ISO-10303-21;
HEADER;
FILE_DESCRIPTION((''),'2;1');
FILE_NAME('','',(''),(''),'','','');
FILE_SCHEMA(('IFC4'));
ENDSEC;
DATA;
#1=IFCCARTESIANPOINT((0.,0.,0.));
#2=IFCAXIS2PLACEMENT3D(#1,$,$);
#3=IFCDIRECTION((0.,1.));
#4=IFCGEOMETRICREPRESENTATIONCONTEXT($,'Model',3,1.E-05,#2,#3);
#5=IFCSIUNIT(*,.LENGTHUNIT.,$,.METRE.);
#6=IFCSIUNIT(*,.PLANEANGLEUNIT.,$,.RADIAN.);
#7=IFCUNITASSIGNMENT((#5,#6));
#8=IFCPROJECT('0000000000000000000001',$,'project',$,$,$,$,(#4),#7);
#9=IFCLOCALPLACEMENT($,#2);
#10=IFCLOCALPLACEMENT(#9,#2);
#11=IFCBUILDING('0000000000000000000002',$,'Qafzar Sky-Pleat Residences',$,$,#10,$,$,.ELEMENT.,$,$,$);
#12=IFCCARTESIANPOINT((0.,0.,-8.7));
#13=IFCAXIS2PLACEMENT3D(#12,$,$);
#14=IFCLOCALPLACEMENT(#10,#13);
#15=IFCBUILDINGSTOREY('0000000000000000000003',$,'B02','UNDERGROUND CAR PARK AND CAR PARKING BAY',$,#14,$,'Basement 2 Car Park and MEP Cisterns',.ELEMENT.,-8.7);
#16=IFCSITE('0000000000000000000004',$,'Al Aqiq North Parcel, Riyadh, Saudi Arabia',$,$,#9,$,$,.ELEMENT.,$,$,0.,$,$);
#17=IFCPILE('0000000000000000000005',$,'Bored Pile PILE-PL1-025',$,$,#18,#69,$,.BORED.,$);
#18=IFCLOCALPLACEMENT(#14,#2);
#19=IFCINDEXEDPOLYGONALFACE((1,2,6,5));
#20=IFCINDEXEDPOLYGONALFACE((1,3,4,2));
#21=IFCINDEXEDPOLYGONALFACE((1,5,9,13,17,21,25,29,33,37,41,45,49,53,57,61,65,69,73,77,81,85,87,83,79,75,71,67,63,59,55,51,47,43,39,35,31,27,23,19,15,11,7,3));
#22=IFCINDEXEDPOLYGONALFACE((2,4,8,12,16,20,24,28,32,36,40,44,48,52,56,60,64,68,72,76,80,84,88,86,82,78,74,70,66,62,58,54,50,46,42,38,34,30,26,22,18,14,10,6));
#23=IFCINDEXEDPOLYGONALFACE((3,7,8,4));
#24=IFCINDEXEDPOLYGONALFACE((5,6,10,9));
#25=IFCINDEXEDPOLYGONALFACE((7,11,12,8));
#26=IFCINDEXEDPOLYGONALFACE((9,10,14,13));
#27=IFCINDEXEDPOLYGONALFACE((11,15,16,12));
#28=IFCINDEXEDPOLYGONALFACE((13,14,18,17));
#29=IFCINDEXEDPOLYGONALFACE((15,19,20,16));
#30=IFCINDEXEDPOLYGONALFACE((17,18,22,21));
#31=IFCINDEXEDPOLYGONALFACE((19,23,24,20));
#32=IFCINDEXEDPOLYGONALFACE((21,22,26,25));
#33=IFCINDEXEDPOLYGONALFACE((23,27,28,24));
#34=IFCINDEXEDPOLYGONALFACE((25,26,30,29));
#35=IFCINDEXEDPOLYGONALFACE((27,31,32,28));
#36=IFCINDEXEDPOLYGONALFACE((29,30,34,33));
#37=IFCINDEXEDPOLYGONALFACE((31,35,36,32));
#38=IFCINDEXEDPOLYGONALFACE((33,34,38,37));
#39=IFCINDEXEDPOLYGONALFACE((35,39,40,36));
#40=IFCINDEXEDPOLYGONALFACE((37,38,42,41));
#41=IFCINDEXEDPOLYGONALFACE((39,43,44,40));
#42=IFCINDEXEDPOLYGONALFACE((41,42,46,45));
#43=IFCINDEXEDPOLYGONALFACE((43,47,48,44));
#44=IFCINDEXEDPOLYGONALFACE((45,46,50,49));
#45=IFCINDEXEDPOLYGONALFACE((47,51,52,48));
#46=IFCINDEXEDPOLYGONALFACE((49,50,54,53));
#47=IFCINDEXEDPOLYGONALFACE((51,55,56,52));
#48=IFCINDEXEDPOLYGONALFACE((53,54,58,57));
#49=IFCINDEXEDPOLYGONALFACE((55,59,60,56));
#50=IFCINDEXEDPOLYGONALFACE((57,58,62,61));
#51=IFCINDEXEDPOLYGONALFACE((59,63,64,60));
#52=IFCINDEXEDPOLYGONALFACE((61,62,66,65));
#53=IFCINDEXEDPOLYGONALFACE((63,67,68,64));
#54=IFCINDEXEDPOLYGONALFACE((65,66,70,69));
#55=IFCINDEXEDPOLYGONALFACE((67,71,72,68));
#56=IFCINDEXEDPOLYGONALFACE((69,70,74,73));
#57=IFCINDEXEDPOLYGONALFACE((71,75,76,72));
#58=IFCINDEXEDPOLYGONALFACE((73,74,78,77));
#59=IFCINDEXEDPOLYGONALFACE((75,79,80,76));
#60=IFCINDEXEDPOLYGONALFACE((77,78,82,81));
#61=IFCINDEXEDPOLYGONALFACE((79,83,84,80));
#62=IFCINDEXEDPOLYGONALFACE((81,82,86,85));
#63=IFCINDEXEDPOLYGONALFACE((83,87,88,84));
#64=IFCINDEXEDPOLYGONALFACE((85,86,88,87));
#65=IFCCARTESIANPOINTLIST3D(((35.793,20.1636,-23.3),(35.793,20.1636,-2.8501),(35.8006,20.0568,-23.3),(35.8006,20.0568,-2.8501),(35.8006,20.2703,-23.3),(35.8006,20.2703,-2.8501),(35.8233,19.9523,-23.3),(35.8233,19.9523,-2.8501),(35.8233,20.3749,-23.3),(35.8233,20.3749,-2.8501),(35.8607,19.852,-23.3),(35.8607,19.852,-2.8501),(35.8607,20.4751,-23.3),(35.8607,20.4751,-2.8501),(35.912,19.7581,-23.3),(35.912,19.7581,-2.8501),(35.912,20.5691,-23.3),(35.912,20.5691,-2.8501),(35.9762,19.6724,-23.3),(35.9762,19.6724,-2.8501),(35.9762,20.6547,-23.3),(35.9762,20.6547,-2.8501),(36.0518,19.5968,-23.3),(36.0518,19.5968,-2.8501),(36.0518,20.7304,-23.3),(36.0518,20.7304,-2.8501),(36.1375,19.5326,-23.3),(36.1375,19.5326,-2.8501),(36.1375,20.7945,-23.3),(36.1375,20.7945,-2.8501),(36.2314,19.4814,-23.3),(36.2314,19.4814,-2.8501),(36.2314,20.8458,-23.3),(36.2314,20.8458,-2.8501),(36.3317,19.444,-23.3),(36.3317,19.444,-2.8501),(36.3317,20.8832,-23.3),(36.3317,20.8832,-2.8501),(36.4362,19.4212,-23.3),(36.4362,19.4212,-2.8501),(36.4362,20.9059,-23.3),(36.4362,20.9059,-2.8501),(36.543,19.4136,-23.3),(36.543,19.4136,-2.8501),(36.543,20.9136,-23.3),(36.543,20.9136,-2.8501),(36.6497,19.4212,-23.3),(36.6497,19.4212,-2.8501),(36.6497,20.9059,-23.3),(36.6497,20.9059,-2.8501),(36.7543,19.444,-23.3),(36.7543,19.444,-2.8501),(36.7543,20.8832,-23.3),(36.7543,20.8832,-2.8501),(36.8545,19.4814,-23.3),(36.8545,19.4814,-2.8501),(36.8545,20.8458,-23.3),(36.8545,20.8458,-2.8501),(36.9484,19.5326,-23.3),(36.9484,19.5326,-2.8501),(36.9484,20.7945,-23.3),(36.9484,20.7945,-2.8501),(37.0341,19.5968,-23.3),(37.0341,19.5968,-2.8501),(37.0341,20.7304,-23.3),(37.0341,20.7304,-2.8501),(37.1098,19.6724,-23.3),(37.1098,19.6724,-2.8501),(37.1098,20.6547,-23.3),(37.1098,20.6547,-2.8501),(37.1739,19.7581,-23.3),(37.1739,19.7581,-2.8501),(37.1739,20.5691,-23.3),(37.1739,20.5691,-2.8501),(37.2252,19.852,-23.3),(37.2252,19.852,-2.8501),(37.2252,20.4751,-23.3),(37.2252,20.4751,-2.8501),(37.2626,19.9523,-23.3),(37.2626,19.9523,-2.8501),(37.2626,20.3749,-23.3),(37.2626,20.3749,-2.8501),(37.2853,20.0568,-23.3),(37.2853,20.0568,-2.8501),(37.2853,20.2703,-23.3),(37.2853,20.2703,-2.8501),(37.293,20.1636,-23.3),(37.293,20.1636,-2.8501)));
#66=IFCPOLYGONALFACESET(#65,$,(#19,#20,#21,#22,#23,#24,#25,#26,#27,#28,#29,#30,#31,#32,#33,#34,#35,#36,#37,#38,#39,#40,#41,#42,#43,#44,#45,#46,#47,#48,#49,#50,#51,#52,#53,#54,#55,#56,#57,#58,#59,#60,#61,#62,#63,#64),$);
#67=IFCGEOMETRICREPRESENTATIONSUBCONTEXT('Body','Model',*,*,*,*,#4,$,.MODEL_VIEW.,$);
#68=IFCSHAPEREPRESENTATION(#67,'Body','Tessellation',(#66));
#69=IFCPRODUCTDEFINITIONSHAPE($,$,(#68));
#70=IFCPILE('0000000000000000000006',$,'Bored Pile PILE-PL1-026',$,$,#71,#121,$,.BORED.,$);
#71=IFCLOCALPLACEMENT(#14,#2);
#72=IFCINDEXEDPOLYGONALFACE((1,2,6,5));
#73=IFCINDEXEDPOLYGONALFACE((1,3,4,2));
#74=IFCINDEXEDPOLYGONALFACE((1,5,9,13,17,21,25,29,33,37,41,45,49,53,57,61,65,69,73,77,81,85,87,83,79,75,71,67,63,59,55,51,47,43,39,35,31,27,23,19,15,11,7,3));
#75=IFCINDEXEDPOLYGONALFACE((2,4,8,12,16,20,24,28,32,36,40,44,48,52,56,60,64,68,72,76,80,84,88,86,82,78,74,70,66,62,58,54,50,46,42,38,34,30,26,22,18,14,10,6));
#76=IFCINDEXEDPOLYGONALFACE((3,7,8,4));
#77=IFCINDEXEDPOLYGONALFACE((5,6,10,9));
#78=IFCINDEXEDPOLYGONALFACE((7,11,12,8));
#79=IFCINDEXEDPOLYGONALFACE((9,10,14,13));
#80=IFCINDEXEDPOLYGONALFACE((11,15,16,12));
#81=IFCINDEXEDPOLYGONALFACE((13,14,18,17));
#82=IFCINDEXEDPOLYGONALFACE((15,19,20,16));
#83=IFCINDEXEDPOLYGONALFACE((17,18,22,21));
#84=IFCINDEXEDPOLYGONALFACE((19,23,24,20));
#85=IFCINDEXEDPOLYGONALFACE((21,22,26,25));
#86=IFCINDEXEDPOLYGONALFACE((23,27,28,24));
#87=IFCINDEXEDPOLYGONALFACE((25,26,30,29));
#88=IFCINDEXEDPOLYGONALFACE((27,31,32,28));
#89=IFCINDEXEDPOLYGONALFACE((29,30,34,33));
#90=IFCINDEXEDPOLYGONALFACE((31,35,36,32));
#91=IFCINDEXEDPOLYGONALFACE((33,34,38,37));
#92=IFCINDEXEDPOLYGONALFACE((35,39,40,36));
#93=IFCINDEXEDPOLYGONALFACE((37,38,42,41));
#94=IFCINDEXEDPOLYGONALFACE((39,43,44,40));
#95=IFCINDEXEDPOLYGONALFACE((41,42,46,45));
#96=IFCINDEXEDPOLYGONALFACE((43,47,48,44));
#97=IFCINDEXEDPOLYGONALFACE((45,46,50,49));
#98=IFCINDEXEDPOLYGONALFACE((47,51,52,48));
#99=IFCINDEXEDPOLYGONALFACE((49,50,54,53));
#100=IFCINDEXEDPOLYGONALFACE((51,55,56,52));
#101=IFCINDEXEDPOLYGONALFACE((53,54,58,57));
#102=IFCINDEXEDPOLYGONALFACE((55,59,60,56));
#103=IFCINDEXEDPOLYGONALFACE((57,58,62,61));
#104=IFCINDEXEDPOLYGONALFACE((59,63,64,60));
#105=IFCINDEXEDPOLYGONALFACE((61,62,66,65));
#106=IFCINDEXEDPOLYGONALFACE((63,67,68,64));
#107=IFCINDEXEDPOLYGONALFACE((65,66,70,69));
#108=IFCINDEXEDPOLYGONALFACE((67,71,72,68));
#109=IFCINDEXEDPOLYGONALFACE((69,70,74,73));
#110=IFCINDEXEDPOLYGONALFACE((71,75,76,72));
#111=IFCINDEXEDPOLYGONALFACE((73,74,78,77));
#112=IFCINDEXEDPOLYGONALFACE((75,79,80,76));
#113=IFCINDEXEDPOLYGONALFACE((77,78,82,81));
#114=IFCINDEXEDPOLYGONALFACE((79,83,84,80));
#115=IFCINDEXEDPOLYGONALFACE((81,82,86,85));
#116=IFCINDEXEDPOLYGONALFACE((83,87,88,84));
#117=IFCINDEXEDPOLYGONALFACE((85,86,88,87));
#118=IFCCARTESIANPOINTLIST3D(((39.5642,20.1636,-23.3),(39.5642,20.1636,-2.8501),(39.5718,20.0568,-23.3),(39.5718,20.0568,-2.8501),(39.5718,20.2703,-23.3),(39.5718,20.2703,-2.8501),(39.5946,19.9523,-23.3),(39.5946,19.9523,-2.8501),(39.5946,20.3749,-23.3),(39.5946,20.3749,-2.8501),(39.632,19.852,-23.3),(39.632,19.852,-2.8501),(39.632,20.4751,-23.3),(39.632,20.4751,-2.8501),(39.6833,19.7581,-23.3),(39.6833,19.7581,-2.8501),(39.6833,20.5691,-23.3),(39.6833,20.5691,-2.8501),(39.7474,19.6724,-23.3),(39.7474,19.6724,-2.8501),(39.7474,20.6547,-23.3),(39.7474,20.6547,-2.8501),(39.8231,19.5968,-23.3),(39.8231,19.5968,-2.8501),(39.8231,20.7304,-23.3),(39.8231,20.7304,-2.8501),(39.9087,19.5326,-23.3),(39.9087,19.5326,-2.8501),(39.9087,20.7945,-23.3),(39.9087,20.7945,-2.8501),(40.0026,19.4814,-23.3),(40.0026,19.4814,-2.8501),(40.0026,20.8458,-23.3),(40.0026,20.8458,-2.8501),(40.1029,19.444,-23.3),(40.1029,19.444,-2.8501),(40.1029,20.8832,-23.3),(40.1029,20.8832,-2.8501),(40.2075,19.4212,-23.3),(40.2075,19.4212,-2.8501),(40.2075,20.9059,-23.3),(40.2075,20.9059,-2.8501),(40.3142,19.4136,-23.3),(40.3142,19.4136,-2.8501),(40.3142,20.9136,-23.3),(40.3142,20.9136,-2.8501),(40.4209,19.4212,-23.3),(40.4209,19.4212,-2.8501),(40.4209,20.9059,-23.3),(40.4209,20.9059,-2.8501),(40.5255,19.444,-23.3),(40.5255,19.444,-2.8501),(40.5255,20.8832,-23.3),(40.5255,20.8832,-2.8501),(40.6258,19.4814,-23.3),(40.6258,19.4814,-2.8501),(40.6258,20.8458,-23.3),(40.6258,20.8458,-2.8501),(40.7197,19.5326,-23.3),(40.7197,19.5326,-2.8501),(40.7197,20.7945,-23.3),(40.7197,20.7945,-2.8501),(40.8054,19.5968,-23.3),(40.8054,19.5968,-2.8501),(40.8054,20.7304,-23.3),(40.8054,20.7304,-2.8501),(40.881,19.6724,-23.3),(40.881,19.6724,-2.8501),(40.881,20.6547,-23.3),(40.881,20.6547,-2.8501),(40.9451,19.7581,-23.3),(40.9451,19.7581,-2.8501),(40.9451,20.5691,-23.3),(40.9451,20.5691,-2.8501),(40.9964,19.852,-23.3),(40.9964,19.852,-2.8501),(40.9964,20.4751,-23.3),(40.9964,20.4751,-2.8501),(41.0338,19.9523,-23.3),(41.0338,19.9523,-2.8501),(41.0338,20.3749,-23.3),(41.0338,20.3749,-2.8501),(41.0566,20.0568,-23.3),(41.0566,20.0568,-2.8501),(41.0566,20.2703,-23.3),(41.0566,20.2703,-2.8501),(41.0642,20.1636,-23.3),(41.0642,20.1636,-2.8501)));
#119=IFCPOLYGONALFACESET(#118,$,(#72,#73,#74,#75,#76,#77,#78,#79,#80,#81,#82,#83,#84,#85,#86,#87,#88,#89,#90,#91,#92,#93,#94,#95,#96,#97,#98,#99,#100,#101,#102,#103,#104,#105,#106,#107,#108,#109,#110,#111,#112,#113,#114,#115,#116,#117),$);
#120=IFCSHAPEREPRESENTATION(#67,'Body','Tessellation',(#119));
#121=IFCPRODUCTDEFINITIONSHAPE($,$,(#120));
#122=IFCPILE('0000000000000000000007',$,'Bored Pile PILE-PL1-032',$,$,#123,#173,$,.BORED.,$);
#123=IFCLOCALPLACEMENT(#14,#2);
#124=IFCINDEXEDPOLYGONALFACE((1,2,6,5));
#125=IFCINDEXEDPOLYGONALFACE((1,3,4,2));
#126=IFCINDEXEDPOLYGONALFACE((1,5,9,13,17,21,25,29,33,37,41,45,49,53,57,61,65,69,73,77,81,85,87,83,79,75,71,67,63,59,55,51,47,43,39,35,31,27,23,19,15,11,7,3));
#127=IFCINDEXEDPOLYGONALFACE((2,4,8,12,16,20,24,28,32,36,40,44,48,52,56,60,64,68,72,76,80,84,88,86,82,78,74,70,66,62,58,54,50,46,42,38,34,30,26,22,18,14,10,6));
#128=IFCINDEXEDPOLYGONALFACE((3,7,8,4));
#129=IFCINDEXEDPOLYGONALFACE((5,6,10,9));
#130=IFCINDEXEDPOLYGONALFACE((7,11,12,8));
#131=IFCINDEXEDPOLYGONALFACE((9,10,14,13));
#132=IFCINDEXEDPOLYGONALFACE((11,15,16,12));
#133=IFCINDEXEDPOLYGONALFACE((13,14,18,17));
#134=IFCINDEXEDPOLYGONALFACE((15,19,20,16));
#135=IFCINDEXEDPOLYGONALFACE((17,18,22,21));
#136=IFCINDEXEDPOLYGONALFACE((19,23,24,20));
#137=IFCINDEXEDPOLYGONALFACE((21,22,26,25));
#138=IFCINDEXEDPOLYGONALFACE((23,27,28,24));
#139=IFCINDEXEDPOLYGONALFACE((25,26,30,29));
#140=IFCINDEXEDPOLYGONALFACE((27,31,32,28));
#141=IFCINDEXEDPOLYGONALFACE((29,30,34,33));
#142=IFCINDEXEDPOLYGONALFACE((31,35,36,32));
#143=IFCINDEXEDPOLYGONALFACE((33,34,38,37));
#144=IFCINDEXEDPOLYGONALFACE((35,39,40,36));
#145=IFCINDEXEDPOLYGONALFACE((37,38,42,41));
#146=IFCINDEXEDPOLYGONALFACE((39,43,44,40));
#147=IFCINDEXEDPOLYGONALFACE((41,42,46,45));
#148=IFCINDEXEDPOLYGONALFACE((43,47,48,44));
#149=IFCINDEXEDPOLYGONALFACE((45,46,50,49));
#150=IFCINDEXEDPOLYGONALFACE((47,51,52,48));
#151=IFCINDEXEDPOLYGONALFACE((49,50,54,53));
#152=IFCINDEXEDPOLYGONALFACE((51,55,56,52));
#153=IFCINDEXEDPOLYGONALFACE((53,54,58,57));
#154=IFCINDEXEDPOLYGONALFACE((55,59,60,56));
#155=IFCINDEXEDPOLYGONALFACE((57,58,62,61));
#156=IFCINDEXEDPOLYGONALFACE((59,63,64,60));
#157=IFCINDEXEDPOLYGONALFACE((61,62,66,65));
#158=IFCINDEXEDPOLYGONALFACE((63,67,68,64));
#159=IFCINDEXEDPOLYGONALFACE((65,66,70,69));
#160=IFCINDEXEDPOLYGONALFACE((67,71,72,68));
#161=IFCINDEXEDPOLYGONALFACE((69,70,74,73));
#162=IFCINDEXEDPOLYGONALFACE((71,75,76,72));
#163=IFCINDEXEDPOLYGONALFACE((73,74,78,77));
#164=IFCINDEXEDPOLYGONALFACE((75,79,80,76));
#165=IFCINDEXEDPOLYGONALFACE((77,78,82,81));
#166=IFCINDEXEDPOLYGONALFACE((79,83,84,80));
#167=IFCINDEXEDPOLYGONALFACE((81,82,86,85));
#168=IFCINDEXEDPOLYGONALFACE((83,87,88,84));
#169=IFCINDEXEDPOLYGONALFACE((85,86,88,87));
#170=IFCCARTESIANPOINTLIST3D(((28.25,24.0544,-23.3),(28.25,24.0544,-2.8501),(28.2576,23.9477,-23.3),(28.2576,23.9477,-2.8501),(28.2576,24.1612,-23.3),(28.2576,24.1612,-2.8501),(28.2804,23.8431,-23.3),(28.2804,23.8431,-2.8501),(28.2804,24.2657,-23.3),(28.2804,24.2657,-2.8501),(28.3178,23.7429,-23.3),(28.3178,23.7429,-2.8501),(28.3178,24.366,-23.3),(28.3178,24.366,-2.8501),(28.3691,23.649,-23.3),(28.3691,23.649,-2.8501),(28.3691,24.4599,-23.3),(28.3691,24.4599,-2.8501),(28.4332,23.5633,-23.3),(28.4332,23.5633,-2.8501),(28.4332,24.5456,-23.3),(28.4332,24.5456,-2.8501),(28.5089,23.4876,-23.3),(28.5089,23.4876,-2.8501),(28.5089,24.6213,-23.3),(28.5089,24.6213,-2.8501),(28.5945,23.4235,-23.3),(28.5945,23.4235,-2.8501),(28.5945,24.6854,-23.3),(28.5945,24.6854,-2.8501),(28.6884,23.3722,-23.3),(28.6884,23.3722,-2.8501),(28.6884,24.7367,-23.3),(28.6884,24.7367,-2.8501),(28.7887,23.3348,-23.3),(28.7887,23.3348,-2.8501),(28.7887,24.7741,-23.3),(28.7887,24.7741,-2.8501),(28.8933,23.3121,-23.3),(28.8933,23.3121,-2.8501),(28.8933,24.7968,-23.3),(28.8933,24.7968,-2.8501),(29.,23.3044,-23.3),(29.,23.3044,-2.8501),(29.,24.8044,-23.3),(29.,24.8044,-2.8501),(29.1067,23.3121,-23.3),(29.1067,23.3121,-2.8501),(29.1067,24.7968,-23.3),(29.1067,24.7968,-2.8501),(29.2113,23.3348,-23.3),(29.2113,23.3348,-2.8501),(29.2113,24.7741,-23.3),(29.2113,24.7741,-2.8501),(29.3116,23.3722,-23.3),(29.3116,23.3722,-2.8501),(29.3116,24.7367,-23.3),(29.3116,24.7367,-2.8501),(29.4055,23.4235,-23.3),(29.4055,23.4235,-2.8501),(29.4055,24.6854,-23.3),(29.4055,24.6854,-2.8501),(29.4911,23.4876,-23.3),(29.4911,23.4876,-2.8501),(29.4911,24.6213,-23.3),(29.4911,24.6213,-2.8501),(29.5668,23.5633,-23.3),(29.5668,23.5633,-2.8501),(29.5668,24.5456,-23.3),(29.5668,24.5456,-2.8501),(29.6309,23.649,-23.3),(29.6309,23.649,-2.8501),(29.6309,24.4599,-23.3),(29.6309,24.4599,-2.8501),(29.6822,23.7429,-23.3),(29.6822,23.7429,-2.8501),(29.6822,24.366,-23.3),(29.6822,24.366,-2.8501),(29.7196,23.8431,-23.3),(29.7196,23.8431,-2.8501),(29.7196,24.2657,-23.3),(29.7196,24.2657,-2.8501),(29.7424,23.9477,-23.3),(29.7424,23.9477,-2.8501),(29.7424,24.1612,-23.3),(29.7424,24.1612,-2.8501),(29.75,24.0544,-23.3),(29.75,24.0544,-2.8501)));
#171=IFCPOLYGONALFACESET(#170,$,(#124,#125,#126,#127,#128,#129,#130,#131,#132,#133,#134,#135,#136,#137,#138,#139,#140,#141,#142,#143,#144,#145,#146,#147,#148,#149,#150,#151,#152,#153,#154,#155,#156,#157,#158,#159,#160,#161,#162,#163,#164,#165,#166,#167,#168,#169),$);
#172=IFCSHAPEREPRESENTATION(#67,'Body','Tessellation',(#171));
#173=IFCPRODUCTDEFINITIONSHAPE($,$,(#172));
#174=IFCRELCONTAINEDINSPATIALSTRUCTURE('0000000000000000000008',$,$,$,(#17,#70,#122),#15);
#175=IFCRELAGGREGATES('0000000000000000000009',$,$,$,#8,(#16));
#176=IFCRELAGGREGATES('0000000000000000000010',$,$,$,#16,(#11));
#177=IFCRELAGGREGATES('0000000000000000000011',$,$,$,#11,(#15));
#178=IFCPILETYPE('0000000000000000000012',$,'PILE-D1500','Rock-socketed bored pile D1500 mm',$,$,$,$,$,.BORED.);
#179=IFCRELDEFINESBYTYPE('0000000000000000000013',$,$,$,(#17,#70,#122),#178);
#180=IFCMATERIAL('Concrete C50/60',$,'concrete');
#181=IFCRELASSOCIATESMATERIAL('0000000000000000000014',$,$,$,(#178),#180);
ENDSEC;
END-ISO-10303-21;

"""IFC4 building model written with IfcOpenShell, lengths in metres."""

from ifc_helpers import new_model, si_unit, direction, frame, origin, origin_2d, place, context, subcontext, project, spatial, circle, extrude, source, transform, mapped, material, material_profile, profile_set, type_object, element, save


model = new_model("IFC4")

# Units and contexts
model_context = context("Model", 3, precision=1e-05, world=origin(), true_north=direction((0.0, 1.0)))
body_context = subcontext(model_context, "Body", "Model", "MODEL_VIEW")
ifc_project = project(units=[si_unit("LENGTHUNIT", "METRE"), si_unit("PLANEANGLEUNIT", "RADIAN")], contexts=[model_context])

# Site, building, storey
site_placement = place(None, origin())
site = spatial("IfcSite", under=ifc_project, at=site_placement, Name="Al Aqiq North Parcel, Riyadh, Saudi Arabia", CompositionType="ELEMENT", RefElevation=0.0)
building_placement = place(site_placement, origin())
building = spatial("IfcBuilding", under=site, at=building_placement, Name="Qafzar Sky-Pleat Residences", CompositionType="ELEMENT")
storey_placement = place(building_placement, frame((0.0, 0.0, -8.7)))
storey = spatial("IfcBuildingStorey", under=building, at=storey_placement, Name="B02", Description="UNDERGROUND CAR PARK AND CAR PARKING BAY", LongName="Basement 2 Car Park and MEP Cisterns", CompositionType="ELEMENT", Elevation=-8.7)

# Piles
ifc_material_1 = material(Name="Concrete C50/60", Category="concrete")
ifc_material_profile_1 = material_profile(ifc_material_1, circle(Radius=0.75, at=origin_2d()), Name="PILE D1500")
ifc_profile_set_1 = profile_set([ifc_material_profile_1], Name="Concrete C50/60")
pile_type = type_object("IfcPileType", Name="PILE-D1500", Description="Rock-socketed bored pile D1500 mm", PredefinedType="BORED", material=ifc_profile_set_1)
shared_shape_1 = source(origin(), body_context, "Body", "SweptSolid", [
    extrude(circle(Radius=0.75, at=origin_2d()), origin(), (0.0, 0.0, 1.0), 20.45),
])
for number, where, z_axis, x_axis, name in (
    (1, (36.543, 20.1636, -2.8501), (0.0, 0.0, -1.0), (1.0, 0.0, 0.0), "Bored Pile PILE-PL1-025"),
    (2, (40.3142, 20.1636, -2.8501), (0.0, 0.0, -1.0), (1.0, 0.0, 0.0), "Bored Pile PILE-PL1-026"),
    (3, (29.0, 24.0544, -2.8501), (0.0, 0.0, -1.0), (1.0, 0.0, 0.0), "Bored Pile PILE-PL1-032"),
):
    element("IfcPile", number, at=place(storey_placement, frame(where, z_axis=z_axis, x_axis=x_axis)), inside=storey, type_object=pile_type, Name=name, PredefinedType="BORED", context=body_context, shape_type="MappedRepresentation", body=[
        mapped(shared_shape_1, transform((0.0, 0.0, 0.0), x_axis=(1.0, 0.0, 0.0), y_axis=(0.0, 1.0, 0.0), z_axis=(0.0, 0.0, 1.0), scale=1.0)),
    ])

save(model, "model.ifc")
